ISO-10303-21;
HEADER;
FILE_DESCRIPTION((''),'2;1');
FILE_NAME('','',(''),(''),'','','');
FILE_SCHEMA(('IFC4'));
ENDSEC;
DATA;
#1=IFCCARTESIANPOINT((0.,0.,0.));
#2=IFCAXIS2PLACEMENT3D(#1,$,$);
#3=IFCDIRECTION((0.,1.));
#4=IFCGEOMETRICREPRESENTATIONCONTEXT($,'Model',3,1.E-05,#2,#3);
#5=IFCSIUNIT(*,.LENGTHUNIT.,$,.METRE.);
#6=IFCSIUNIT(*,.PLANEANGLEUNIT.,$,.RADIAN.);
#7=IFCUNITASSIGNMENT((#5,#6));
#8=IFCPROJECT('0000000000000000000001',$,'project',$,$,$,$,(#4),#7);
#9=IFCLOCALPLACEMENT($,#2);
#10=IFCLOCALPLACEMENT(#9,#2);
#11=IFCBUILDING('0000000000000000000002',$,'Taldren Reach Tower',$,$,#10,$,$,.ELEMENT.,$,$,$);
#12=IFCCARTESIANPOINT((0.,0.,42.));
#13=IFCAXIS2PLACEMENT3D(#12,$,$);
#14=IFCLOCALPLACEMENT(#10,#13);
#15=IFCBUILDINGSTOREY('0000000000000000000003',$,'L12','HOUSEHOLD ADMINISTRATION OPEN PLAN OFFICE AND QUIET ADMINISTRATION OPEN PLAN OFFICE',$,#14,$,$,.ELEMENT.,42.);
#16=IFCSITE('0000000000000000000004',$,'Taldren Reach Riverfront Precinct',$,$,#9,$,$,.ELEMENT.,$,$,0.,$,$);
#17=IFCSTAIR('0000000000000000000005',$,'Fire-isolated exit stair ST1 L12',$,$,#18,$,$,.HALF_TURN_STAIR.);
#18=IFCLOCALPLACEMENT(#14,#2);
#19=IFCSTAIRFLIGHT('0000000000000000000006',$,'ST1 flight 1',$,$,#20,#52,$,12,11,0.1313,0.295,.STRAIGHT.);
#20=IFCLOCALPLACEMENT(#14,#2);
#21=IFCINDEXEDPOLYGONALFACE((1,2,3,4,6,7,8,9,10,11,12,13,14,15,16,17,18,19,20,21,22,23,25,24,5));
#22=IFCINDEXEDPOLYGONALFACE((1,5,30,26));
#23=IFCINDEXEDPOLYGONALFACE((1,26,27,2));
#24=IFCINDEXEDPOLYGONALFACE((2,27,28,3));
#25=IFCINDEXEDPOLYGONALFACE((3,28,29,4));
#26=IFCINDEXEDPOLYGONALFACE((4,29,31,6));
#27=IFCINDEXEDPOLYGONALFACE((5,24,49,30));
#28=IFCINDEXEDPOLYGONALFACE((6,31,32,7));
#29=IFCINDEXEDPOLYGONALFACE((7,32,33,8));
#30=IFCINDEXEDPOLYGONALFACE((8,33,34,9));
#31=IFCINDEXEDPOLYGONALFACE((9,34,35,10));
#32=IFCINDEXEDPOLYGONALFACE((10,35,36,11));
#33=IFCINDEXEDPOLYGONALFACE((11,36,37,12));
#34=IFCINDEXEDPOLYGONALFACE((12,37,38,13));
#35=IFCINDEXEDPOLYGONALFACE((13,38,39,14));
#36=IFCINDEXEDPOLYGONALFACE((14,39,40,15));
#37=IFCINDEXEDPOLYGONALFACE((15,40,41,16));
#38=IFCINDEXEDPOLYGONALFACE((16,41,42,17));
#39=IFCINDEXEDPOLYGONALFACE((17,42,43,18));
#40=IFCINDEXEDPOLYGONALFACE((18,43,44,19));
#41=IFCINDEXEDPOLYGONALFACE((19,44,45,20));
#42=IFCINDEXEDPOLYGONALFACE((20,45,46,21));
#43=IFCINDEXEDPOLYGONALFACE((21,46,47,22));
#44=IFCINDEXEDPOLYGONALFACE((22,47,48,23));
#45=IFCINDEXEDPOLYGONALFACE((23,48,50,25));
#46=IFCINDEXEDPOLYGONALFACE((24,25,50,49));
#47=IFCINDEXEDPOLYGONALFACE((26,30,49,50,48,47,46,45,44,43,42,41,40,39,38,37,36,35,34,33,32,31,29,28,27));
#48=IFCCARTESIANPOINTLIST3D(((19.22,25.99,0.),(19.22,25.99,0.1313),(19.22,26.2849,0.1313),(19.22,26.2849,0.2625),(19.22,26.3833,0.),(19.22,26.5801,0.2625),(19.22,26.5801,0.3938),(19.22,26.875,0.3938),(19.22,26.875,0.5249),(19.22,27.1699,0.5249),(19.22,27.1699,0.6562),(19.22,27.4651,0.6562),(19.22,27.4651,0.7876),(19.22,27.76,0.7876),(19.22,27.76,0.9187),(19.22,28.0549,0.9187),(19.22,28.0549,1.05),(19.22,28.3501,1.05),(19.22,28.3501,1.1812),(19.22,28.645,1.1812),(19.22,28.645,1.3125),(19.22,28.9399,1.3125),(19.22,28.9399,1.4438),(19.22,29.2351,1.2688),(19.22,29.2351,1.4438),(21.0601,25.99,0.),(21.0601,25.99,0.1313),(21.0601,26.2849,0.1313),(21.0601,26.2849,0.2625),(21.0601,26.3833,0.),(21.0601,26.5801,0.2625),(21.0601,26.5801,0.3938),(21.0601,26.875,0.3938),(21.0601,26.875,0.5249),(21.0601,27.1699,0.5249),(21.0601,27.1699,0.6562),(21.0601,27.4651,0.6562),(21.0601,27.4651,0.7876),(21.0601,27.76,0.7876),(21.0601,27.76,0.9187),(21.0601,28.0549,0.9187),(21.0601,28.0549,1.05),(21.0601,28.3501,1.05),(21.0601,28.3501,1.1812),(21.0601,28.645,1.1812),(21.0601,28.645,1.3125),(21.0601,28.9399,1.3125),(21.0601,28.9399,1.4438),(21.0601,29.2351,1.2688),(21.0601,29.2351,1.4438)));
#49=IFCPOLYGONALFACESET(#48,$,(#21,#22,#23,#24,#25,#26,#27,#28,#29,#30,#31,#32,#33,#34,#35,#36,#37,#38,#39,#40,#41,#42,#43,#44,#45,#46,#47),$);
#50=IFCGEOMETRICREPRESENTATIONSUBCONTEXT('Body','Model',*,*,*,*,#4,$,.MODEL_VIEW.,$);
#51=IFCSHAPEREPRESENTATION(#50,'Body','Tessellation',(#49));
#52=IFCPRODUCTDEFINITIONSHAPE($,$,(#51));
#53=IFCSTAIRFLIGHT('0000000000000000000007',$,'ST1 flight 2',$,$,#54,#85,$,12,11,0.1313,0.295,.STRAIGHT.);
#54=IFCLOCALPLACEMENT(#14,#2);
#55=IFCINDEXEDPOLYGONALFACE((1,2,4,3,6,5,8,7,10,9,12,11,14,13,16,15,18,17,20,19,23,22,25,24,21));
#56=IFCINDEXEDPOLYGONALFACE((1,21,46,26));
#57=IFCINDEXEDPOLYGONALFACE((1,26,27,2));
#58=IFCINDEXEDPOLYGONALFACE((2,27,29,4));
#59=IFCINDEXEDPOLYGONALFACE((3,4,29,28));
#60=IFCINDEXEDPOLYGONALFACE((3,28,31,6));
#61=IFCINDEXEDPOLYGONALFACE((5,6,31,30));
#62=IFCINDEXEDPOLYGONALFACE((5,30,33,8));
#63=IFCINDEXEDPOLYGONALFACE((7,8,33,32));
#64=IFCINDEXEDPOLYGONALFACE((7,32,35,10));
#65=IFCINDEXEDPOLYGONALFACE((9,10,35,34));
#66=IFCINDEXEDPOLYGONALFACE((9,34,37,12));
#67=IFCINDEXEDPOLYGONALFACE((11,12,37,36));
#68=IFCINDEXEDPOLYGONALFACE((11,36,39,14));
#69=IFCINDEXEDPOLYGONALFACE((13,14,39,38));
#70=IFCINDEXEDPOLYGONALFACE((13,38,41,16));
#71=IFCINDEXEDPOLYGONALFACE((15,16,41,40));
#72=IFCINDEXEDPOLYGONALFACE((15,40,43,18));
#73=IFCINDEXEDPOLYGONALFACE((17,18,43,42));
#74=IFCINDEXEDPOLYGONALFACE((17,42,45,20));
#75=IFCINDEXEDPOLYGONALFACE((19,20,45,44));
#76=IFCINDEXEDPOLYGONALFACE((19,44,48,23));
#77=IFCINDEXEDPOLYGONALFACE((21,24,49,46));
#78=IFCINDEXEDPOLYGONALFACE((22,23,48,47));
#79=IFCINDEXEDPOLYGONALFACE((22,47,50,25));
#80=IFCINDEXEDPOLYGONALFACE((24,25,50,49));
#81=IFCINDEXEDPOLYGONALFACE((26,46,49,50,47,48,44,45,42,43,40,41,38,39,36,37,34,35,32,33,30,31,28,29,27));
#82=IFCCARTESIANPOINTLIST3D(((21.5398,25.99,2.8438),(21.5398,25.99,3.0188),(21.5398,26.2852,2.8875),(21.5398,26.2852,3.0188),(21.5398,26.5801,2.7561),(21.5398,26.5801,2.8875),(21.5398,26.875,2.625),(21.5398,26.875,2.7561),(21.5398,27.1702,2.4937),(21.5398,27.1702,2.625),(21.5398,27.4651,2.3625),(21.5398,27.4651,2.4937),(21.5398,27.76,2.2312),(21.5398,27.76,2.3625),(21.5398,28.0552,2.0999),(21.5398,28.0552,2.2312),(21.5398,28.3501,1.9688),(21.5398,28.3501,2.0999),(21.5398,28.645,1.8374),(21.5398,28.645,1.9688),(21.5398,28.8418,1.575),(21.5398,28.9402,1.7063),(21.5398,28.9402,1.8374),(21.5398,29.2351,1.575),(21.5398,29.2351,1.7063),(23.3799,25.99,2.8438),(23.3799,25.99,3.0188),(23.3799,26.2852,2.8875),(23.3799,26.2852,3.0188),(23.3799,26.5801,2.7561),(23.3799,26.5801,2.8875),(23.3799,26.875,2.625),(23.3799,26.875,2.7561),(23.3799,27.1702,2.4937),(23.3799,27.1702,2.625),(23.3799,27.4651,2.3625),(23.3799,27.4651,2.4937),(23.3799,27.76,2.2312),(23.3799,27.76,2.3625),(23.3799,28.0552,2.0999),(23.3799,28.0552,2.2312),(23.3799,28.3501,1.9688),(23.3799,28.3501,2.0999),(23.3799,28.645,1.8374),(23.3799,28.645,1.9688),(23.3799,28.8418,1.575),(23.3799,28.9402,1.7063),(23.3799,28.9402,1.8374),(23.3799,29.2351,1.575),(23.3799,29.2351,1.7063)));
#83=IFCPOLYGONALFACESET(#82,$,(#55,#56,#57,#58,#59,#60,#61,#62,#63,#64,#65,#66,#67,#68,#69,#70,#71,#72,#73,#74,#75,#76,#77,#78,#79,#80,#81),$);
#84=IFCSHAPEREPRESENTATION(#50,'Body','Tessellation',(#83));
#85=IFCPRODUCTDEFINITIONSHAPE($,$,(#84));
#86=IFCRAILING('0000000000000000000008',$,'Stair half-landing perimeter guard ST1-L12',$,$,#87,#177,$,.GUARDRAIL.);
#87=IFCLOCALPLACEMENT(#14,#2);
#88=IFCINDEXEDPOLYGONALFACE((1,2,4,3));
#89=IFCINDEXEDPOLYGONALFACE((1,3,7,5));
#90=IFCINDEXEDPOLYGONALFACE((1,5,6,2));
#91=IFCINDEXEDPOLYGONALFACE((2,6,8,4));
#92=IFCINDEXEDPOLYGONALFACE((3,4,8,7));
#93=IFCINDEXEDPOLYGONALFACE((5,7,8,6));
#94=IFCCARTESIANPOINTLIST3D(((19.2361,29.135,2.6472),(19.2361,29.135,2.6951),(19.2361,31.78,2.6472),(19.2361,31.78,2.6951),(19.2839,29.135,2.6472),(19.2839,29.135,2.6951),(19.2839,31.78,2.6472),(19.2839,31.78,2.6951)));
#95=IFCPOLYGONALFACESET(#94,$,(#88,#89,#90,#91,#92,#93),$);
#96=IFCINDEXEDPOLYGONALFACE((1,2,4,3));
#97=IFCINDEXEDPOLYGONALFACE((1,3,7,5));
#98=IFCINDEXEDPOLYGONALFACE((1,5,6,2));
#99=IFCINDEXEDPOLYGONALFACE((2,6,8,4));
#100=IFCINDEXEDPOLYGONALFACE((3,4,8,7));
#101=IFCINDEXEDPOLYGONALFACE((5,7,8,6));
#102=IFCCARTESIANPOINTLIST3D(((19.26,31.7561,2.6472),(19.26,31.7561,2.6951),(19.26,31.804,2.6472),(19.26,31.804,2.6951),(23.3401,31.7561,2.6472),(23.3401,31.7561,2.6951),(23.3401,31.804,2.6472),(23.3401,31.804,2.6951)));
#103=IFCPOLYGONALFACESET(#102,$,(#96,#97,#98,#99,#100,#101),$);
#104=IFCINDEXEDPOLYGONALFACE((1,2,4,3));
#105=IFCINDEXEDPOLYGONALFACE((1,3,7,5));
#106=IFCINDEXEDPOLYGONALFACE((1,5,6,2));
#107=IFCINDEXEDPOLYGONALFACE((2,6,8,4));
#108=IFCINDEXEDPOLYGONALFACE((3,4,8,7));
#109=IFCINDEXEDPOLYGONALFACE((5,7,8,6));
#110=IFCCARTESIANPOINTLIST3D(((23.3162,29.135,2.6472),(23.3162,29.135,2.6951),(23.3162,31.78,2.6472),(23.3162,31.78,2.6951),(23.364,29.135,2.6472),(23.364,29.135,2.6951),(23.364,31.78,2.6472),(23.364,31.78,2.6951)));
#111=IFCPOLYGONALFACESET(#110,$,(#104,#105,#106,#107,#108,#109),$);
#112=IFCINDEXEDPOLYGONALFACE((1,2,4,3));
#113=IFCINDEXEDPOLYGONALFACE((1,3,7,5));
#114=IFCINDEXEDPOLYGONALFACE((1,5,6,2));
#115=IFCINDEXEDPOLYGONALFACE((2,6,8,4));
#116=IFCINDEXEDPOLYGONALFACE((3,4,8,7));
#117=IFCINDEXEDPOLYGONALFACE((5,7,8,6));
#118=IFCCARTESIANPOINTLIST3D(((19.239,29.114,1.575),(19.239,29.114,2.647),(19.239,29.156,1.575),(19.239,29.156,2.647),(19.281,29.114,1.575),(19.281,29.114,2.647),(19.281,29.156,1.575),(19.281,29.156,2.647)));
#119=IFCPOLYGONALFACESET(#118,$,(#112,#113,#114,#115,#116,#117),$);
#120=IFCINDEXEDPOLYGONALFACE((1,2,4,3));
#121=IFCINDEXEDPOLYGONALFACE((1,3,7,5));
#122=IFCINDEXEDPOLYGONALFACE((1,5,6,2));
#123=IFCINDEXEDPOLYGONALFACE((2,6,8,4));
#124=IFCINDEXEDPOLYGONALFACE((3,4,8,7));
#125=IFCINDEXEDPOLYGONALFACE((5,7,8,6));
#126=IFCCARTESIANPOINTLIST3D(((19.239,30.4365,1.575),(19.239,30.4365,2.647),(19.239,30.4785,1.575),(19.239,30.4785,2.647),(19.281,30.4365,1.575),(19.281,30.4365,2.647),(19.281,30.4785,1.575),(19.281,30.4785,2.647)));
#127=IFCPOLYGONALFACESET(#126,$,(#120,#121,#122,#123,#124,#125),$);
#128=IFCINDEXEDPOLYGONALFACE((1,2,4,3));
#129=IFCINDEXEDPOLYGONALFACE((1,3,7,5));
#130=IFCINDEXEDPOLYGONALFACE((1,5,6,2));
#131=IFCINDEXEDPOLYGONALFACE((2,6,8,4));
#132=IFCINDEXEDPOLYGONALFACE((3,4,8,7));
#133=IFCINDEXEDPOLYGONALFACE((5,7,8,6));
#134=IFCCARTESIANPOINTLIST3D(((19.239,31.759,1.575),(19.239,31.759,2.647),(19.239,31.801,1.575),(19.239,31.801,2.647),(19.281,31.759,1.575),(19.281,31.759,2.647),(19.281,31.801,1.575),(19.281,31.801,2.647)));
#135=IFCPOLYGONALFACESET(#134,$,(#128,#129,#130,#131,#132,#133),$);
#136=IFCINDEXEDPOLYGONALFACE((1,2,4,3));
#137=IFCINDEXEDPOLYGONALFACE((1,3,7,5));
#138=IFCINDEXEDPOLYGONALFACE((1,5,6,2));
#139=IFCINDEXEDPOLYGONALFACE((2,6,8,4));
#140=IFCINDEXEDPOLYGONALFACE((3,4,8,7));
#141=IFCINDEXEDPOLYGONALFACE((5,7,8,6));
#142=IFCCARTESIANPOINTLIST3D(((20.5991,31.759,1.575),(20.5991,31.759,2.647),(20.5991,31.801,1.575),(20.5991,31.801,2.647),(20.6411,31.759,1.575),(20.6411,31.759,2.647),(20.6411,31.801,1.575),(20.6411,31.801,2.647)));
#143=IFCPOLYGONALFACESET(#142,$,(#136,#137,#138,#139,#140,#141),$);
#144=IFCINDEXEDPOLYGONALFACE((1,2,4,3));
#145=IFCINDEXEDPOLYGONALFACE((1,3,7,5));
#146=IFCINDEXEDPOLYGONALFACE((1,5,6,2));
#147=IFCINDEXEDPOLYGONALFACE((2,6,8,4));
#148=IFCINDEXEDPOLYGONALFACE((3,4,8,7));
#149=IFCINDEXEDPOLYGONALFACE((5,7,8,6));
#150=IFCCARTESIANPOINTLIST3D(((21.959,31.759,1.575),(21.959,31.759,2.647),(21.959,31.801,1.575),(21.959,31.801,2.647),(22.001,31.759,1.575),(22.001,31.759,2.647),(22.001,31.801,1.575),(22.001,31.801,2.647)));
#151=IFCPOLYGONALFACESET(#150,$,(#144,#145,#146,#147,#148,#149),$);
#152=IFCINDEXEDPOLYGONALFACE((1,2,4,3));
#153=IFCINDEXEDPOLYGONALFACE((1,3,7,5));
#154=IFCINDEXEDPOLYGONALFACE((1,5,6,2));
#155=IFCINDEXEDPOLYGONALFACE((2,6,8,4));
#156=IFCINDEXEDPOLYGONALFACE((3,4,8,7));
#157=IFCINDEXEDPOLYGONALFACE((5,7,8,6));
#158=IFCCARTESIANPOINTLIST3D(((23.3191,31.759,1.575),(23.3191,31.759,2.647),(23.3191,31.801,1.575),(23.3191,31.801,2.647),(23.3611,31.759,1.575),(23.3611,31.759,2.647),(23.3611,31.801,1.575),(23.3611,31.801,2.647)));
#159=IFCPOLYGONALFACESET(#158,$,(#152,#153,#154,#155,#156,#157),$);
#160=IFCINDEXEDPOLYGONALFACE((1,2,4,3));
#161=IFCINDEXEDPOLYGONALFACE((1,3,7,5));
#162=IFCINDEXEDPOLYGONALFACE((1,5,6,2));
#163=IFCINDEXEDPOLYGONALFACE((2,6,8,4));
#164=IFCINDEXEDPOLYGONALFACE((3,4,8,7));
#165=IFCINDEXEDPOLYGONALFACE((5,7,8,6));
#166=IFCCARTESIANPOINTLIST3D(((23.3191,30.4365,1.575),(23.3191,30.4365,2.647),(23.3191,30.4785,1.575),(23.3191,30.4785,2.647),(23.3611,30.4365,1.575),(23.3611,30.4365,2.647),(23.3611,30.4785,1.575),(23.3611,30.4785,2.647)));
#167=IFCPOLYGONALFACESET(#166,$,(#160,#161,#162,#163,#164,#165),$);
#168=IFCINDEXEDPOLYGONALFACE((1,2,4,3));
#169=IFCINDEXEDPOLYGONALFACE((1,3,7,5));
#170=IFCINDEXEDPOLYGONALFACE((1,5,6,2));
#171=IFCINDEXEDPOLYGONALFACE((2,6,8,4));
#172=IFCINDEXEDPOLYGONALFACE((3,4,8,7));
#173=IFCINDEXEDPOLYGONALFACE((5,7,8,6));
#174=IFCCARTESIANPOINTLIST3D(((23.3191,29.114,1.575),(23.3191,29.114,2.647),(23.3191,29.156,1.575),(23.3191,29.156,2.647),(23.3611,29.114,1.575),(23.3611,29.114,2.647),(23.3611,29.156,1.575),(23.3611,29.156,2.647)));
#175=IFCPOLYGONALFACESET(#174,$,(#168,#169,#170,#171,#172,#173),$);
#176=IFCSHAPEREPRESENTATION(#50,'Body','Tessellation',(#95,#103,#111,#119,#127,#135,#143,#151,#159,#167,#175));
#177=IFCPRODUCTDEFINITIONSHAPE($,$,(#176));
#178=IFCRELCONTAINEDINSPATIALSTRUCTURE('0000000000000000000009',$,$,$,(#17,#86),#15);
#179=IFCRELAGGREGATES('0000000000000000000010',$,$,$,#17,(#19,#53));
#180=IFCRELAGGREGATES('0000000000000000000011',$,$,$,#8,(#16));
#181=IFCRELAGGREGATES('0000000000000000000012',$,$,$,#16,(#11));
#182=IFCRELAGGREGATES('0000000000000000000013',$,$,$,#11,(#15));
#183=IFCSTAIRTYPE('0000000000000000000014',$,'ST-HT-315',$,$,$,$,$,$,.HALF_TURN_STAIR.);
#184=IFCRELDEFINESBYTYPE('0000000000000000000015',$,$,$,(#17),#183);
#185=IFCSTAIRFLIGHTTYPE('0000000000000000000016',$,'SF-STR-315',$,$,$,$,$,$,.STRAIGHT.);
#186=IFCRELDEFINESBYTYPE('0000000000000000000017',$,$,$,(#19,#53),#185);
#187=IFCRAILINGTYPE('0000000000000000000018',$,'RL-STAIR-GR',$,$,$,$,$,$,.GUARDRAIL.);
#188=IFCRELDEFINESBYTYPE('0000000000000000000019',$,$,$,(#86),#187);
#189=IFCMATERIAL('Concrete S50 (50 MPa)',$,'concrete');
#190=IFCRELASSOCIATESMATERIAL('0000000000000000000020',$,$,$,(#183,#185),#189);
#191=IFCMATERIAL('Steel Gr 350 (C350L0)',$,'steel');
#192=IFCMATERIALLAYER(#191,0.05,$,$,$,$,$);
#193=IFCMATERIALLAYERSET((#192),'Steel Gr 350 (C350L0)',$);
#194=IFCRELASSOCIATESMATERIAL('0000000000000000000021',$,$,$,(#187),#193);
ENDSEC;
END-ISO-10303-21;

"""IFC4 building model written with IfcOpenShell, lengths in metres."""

from ifc_helpers import new_model, si_unit, direction, frame, origin, origin_2d, place, context, subcontext, project, spatial, polyline, rectangle, outline, extrude, material, layer, layer_set, type_object, element, aggregate, save


model = new_model("IFC4")

# Units and contexts
model_context = context("Model", 3, precision=1e-05, world=origin(), true_north=direction((0.0, 1.0)))
body_context = subcontext(model_context, "Body", "Model", "MODEL_VIEW")
ifc_project = project(units=[si_unit("LENGTHUNIT", "METRE"), si_unit("PLANEANGLEUNIT", "RADIAN")], contexts=[model_context])

# Site, building, storey
site_placement = place(None, origin())
site = spatial("IfcSite", under=ifc_project, at=site_placement, Name="Taldren Reach Riverfront Precinct", CompositionType="ELEMENT", RefElevation=0.0)
building_placement = place(site_placement, origin())
building = spatial("IfcBuilding", under=site, at=building_placement, Name="Taldren Reach Tower", CompositionType="ELEMENT")
storey_placement = place(building_placement, frame((0.0, 0.0, 42.0)))
storey = spatial("IfcBuildingStorey", under=building, at=storey_placement, Name="L12", Description="HOUSEHOLD ADMINISTRATION OPEN PLAN OFFICE AND QUIET ADMINISTRATION OPEN PLAN OFFICE", CompositionType="ELEMENT", Elevation=42.0)

# Shared definitions
ifc_material_1 = material(Name="Steel Gr 350 (C350L0)", Category="steel")

# Shared definitions
ifc_material_2 = material(Name="Concrete S50 (50 MPa)", Category="concrete")

# Stair, stair flights
stair_type = type_object("IfcStairType", Name="ST-HT-315", PredefinedType="HALF_TURN_STAIR", material=ifc_material_2)
stair_placement = place(storey_placement, origin())
stair = element("IfcStair", 1, at=stair_placement, inside=storey, type_object=stair_type, Name="Fire-isolated exit stair ST1 L12", PredefinedType="HALF_TURN_STAIR")
stair_flight_type = type_object("IfcStairFlightType", Name="SF-STR-315", PredefinedType="STRAIGHT", material=ifc_material_2)
stair_flight_1_placement = place(storey_placement, frame((20.1399, 25.99, 0.0), z_axis=(0.0, 0.0, 1.0), x_axis=(0.0, 1.0, 0.0)))
stair_flight_1 = element("IfcStairFlight", 2, at=stair_flight_1_placement, type_object=stair_flight_type, Name="ST1 flight 1", NumberOfRisers=12, NumberOfTreads=11, PredefinedType="STRAIGHT", RiserHeight=0.1313, TreadLength=0.295, context=body_context, shape_type="SweptSolid", body=[
    extrude(outline(polyline([(0.0, 0.0), (0.0, 0.1313), (0.2949, 0.1313), (0.2949, 0.2625), (0.5901, 0.2625), (0.5901, 0.3938), (0.885, 0.3938), (0.885, 0.5249), (1.1799, 0.5249), (1.1799, 0.6562), (1.4751, 0.6562), (1.4751, 0.7876), (1.77, 0.7876), (1.77, 0.9187), (2.0649, 0.9187), (2.0649, 1.05), (2.3601, 1.05), (2.3601, 1.1812), (2.655, 1.1812), (2.655, 1.3125), (2.95, 1.3125), (2.95, 1.4438), (3.2451, 1.4438), (3.2451, 1.575), (3.2451, 1.2688), (0.3933, 0.0), (0.0, 0.0)])), frame((0.0, 0.9199, 0.0), z_axis=(0.0, -1.0, 0.0), x_axis=(1.0, 0.0, 0.0)), (0.0, 0.0, 1.0), 1.8401),
])
stair_flight_2_placement = place(storey_placement, frame((22.46, 29.2351, 1.575), z_axis=(0.0, 0.0, 1.0), x_axis=(0.0, -1.0, 0.0)))
stair_flight_2 = element("IfcStairFlight", 3, at=stair_flight_2_placement, type_object=stair_flight_type, Name="ST1 flight 2", NumberOfRisers=12, NumberOfTreads=11, PredefinedType="STRAIGHT", RiserHeight=0.1313, TreadLength=0.295, context=body_context, shape_type="SweptSolid", body=[
    extrude(outline(polyline([(0.0, 0.0), (0.0, 0.1313), (0.2949, 0.1313), (0.2949, 0.2625), (0.5901, 0.2625), (0.5901, 0.3938), (0.885, 0.3938), (0.885, 0.5249), (1.1799, 0.5249), (1.1799, 0.6562), (1.4751, 0.6562), (1.4751, 0.7876), (1.77, 0.7876), (1.77, 0.9187), (2.0649, 0.9187), (2.0649, 1.05), (2.3601, 1.05), (2.3601, 1.1812), (2.655, 1.1812), (2.655, 1.3125), (2.95, 1.3125), (2.95, 1.4438), (3.2451, 1.4438), (3.2451, 1.575), (3.2451, 1.2688), (0.3933, 0.0), (0.0, 0.0)])), frame((0.0, 0.9199, 0.0), z_axis=(0.0, -1.0, 0.0), x_axis=(1.0, 0.0, 0.0)), (0.0, 0.0, 1.0), 1.8401),
])
aggregate(stair, [stair_flight_1, stair_flight_2])

# Railing
ifc_layer_1 = layer(ifc_material_1, 0.05)
ifc_layer_set_1 = layer_set([ifc_layer_1], Name="Steel Gr 350 (C350L0)")
railing_type_1 = type_object("IfcRailingType", Name="RL-STAIR-GR", PredefinedType="GUARDRAIL", material=ifc_layer_set_1)
railing_1_placement = place(storey_placement, frame((19.26, 29.135, 1.575)))
element("IfcRailing", 4, at=railing_1_placement, inside=storey, type_object=railing_type_1, Name="Stair half-landing perimeter guard ST1-L12", PredefinedType="GUARDRAIL", context=body_context, shape_type="SweptSolid", body=[
    extrude(rectangle(XDim=0.0479, YDim=0.0479, at=origin_2d()), frame((0.0, 0.0, 1.0962), z_axis=(0.0, 1.0, 0.0), x_axis=(-1.0, 0.0, 0.0)), (0.0, 0.0, 1.0), 2.645),
    extrude(rectangle(XDim=0.0479, YDim=0.0479, at=origin_2d()), frame((0.0, 2.645, 1.0962), z_axis=(1.0, 0.0, 0.0), x_axis=(0.0, 1.0, 0.0)), (0.0, 0.0, 1.0), 4.0801),
    extrude(rectangle(XDim=0.0479, YDim=0.0479, at=origin_2d()), frame((4.0801, 2.645, 1.0962), z_axis=(0.0, -1.0, 0.0), x_axis=(1.0, 0.0, 0.0)), (0.0, 0.0, 1.0), 2.645),
    extrude(rectangle(XDim=0.042, YDim=0.042, at=origin_2d()), origin(), (0.0, 0.0, 1.0), 1.072),
    extrude(rectangle(XDim=0.042, YDim=0.042, at=origin_2d()), frame((0.0, 1.3225, 0.0)), (0.0, 0.0, 1.0), 1.072),
    extrude(rectangle(XDim=0.042, YDim=0.042, at=origin_2d()), frame((0.0, 2.645, 0.0)), (0.0, 0.0, 1.0), 1.072),
    extrude(rectangle(XDim=0.042, YDim=0.042, at=origin_2d()), frame((1.3601, 2.645, 0.0)), (0.0, 0.0, 1.0), 1.072),
    extrude(rectangle(XDim=0.042, YDim=0.042, at=origin_2d()), frame((2.72, 2.645, 0.0)), (0.0, 0.0, 1.0), 1.072),
    extrude(rectangle(XDim=0.042, YDim=0.042, at=origin_2d()), frame((4.0801, 2.645, 0.0)), (0.0, 0.0, 1.0), 1.072),
    extrude(rectangle(XDim=0.042, YDim=0.042, at=origin_2d()), frame((4.0801, 1.3225, 0.0)), (0.0, 0.0, 1.0), 1.072),
    extrude(rectangle(XDim=0.042, YDim=0.042, at=origin_2d()), frame((4.0801, 0.0, 0.0)), (0.0, 0.0, 1.0), 1.072),
])

save(model, "model.ifc")
